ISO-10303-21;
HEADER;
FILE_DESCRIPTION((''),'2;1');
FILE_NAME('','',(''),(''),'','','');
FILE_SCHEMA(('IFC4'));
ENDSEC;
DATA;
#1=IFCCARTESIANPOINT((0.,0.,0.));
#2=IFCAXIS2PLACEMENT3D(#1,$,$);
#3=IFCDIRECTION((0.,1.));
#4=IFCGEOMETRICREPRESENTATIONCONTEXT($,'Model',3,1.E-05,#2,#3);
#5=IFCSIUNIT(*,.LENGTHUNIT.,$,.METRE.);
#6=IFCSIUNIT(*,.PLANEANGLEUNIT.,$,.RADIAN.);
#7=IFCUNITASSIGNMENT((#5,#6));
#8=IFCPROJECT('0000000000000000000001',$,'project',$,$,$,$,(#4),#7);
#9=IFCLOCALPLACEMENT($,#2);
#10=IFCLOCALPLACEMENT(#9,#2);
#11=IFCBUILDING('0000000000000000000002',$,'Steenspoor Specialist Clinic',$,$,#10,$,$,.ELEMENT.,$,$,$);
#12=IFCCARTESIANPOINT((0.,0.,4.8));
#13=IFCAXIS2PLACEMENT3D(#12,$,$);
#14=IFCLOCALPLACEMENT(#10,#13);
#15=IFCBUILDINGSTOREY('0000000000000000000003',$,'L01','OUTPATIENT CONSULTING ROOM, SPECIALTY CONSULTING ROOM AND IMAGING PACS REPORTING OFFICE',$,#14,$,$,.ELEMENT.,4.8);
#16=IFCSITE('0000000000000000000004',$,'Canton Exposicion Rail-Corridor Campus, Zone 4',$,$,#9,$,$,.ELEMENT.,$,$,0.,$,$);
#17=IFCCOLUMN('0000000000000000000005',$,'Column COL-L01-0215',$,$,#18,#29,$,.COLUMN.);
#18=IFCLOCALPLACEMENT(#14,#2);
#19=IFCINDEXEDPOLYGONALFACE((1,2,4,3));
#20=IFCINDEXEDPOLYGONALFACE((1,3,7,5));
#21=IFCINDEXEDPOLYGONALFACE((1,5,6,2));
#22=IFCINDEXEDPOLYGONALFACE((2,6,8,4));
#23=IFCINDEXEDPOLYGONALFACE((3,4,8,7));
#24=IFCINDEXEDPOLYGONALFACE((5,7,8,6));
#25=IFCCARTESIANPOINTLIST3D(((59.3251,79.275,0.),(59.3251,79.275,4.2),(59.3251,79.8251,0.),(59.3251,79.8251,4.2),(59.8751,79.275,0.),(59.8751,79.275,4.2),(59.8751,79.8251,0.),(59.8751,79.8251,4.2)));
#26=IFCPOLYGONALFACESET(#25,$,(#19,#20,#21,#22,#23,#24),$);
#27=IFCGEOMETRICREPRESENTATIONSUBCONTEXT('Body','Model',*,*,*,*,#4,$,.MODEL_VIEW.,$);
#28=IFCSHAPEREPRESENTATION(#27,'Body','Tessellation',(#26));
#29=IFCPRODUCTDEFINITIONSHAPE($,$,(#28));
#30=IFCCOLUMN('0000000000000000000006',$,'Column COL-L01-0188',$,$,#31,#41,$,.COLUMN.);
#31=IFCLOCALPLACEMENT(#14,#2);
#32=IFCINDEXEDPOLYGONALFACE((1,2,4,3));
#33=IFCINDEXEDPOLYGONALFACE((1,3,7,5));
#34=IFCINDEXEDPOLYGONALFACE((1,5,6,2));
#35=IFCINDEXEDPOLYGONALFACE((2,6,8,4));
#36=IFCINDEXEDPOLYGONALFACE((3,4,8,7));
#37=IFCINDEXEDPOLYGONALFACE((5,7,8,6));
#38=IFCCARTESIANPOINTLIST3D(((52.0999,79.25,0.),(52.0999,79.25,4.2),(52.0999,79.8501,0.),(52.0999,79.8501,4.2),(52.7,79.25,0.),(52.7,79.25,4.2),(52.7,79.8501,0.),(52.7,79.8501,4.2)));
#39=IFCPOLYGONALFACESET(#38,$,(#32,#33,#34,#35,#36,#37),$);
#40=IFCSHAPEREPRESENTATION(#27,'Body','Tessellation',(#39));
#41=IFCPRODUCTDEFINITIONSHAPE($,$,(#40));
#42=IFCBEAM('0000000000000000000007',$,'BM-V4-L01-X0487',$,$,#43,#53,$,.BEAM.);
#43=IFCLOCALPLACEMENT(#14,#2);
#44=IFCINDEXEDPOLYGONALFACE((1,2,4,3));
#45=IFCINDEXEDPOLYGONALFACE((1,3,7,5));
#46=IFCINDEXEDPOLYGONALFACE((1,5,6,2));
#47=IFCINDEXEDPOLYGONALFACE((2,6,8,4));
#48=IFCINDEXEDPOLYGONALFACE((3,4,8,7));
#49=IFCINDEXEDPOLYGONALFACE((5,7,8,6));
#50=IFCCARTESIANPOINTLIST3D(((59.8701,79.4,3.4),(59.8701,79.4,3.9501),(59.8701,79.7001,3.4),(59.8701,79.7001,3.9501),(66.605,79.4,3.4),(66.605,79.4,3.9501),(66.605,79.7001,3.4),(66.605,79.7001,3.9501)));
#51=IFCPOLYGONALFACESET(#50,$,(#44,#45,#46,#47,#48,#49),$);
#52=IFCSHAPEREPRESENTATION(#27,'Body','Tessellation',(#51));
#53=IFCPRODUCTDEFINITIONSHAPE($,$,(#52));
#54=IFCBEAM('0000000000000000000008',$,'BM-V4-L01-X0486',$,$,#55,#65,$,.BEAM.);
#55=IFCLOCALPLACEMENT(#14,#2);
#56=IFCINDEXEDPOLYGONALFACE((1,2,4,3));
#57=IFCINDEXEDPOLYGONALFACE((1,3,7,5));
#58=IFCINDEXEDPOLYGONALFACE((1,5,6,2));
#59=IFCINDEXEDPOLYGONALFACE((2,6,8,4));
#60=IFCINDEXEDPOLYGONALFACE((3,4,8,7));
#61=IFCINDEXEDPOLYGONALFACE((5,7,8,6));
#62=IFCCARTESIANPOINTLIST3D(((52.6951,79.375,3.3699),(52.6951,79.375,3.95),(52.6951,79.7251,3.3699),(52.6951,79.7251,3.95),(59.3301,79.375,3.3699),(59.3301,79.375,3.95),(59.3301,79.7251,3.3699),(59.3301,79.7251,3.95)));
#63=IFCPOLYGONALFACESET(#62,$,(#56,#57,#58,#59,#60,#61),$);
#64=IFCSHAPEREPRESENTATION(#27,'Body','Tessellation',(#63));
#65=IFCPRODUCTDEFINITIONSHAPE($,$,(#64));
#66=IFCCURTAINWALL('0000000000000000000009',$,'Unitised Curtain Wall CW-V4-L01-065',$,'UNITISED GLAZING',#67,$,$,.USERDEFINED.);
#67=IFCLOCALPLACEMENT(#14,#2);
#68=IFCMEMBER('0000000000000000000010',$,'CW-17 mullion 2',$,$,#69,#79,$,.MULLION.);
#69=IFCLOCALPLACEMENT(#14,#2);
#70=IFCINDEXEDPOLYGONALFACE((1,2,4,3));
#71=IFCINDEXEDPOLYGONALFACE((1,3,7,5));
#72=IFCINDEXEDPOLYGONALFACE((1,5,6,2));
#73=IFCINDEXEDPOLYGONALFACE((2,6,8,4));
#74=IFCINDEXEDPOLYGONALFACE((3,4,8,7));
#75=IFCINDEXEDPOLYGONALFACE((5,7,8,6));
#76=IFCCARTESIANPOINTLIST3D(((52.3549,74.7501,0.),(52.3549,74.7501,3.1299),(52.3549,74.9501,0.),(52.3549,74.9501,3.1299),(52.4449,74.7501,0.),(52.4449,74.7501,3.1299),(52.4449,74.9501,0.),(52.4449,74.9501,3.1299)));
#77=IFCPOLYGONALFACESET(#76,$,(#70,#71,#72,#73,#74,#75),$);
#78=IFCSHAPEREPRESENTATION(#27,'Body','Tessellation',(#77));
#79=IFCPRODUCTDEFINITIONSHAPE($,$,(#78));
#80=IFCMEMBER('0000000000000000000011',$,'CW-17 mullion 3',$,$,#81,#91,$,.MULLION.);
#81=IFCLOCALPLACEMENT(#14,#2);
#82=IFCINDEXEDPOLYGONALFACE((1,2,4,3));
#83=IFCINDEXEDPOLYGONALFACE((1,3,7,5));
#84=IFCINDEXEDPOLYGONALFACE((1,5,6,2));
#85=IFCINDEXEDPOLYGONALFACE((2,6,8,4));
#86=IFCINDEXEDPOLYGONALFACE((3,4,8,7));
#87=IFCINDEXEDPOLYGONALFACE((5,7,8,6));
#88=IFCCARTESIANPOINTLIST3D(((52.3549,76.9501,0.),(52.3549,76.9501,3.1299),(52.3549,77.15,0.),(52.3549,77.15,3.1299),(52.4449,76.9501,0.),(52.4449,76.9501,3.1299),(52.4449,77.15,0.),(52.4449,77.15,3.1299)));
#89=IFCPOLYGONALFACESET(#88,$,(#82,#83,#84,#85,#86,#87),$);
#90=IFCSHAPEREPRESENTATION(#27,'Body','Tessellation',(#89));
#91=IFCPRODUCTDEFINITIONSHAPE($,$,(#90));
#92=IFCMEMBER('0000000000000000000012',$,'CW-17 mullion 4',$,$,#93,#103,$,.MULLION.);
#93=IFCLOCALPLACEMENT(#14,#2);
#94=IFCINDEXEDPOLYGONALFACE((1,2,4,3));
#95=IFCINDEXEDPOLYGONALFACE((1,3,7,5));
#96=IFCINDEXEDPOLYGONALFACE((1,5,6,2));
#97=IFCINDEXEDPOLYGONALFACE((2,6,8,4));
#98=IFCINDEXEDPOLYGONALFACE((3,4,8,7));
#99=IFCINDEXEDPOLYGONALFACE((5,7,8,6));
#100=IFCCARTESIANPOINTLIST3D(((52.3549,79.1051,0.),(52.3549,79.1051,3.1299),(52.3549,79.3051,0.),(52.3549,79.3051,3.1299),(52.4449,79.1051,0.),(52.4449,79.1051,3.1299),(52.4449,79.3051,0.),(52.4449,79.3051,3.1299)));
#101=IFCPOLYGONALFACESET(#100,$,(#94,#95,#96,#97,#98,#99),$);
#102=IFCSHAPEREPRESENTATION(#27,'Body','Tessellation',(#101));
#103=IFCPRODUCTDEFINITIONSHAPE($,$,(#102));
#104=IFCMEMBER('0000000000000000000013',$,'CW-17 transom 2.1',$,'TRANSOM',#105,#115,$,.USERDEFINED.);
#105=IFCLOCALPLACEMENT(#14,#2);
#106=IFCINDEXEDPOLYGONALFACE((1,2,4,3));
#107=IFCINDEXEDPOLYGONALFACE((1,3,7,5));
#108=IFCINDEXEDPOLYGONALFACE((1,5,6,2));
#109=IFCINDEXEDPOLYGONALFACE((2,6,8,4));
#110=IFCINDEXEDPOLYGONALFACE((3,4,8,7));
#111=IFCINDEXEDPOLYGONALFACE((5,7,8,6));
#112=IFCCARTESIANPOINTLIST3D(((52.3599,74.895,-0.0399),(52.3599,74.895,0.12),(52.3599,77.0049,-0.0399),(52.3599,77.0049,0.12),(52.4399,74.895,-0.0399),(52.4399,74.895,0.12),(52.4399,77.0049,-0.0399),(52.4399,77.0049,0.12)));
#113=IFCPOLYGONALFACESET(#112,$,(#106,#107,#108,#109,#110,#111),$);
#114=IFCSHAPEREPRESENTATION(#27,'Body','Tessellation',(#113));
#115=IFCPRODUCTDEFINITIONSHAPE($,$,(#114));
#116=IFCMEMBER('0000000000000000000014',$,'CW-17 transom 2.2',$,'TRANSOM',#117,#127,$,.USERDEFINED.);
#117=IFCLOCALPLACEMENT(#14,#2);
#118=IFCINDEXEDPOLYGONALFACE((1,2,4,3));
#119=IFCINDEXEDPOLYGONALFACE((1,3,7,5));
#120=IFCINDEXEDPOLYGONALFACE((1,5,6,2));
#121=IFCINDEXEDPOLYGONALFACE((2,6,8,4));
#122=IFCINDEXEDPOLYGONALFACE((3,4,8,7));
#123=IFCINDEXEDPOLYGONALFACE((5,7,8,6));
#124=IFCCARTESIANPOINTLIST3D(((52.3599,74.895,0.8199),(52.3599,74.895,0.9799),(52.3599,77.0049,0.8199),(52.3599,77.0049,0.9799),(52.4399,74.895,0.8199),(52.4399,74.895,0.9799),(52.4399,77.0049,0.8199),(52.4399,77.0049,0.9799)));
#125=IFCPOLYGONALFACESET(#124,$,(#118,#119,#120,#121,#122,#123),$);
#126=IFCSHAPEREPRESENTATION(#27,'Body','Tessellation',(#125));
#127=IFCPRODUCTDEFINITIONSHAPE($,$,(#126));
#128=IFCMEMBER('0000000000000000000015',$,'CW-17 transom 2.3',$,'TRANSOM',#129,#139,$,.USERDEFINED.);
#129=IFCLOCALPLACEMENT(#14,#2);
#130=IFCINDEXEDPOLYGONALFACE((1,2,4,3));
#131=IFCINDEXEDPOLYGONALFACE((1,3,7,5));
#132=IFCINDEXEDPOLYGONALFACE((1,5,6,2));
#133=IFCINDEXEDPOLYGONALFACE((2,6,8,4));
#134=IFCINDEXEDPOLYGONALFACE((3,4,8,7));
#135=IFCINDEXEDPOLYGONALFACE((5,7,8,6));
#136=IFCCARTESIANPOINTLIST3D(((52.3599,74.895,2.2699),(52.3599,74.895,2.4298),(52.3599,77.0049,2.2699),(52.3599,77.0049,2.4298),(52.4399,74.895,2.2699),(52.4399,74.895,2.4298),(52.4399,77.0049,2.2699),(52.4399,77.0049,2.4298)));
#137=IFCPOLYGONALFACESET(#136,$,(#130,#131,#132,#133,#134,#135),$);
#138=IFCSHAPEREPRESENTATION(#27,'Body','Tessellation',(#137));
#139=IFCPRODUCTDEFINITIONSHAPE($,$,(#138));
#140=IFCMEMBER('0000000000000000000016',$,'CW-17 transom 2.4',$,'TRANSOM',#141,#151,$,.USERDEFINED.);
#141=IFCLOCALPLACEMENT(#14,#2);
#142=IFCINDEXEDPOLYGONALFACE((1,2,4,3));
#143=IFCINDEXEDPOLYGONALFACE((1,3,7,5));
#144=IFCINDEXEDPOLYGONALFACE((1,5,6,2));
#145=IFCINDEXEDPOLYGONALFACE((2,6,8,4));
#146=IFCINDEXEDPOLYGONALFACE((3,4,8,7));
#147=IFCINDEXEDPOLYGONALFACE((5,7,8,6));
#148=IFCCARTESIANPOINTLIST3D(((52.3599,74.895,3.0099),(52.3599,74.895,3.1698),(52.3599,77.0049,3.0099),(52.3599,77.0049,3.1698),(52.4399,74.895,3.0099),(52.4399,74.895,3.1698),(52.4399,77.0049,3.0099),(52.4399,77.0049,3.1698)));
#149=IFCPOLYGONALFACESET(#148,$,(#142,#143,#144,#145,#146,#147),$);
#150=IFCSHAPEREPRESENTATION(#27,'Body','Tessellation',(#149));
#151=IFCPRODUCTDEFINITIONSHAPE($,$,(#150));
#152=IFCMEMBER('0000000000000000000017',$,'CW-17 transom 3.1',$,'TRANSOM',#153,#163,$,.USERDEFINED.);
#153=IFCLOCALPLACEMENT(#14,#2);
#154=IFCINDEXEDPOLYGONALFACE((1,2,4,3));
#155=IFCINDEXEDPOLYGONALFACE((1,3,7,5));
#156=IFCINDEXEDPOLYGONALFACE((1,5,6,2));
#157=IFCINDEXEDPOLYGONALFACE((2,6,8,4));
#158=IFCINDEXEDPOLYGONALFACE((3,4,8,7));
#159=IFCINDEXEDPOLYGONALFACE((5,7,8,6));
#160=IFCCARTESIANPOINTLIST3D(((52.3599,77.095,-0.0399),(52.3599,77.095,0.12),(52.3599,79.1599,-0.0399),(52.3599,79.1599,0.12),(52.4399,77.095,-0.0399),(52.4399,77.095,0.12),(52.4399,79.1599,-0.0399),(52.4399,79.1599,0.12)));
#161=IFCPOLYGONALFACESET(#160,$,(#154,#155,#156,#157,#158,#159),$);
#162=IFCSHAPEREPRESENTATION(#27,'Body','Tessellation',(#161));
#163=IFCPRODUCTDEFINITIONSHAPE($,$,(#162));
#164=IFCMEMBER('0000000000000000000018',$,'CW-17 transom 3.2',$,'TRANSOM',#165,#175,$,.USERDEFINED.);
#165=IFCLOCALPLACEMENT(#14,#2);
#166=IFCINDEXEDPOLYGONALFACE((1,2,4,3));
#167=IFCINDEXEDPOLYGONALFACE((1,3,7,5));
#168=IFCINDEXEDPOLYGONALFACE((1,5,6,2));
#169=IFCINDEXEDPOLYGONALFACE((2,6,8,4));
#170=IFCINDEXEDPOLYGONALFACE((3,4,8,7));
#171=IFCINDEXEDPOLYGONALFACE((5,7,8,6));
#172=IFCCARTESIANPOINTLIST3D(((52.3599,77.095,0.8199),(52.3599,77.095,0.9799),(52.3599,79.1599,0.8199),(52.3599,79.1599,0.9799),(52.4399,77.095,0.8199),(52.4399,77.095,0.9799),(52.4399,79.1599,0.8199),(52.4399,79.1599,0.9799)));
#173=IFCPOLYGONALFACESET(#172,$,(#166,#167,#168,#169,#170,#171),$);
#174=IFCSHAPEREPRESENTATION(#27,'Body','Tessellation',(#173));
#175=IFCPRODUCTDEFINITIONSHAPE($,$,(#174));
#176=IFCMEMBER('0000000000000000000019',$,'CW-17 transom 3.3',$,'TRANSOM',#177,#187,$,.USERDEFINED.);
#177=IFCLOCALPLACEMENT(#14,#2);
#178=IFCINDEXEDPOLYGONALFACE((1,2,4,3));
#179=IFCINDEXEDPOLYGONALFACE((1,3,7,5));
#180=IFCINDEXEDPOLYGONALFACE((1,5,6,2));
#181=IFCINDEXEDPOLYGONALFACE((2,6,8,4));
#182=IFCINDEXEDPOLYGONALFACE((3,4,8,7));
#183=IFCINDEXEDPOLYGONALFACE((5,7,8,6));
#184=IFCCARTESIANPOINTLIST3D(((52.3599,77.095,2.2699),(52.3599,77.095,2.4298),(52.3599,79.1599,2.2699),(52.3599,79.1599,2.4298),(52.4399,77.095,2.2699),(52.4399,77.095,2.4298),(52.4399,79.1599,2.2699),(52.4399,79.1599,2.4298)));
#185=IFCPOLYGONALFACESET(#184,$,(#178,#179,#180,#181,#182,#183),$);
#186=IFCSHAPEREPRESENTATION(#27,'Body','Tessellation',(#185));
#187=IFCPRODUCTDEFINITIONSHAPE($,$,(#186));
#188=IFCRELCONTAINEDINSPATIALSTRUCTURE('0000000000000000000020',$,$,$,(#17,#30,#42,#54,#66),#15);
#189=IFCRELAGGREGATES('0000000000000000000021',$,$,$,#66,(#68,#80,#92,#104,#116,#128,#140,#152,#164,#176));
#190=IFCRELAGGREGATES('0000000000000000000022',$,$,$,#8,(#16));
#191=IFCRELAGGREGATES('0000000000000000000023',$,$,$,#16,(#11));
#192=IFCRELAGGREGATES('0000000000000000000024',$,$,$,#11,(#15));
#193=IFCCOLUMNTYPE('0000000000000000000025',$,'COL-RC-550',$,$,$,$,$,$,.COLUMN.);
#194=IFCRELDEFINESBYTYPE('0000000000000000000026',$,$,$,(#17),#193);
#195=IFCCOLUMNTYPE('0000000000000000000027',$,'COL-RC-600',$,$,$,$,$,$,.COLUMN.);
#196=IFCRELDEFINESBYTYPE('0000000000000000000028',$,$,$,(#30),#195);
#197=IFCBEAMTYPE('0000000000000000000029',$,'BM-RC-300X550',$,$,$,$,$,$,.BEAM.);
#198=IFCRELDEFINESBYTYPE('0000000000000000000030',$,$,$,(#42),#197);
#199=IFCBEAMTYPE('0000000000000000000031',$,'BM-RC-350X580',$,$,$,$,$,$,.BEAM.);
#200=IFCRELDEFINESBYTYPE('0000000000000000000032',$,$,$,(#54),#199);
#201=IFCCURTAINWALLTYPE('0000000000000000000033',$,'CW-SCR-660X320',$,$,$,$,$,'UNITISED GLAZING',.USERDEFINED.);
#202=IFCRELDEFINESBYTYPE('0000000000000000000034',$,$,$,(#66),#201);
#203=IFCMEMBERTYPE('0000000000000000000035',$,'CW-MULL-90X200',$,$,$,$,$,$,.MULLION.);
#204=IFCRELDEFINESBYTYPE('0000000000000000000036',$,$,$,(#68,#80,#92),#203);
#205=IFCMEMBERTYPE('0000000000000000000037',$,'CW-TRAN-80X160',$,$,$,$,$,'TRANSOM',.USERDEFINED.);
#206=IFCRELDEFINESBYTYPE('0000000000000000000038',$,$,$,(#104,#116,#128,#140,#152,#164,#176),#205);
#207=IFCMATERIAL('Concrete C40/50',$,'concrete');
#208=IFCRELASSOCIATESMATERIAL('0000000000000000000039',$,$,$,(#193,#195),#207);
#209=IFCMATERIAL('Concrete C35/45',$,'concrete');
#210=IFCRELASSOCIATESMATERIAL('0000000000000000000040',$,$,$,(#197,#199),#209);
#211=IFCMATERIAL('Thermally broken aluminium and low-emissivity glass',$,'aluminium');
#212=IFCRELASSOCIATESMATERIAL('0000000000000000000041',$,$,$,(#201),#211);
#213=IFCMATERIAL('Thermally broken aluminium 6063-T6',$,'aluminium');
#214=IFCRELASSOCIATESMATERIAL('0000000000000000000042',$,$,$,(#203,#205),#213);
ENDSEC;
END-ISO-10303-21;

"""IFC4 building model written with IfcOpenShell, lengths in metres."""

from ifc_helpers import new_model, si_unit, direction, frame, origin, origin_2d, place, context, subcontext, project, spatial, rectangle, extrude, material, material_profile, profile_set, type_object, element, aggregate, save


model = new_model("IFC4")

# Units and contexts
model_context = context("Model", 3, precision=1e-05, world=origin(), true_north=direction((0.0, 1.0)))
body_context = subcontext(model_context, "Body", "Model", "MODEL_VIEW")
ifc_project = project(units=[si_unit("LENGTHUNIT", "METRE"), si_unit("PLANEANGLEUNIT", "RADIAN")], contexts=[model_context])

# Site, building, storey
site_placement = place(None, origin())
site = spatial("IfcSite", under=ifc_project, at=site_placement, Name="Canton Exposicion Rail-Corridor Campus, Zone 4", CompositionType="ELEMENT", RefElevation=0.0)
building_placement = place(site_placement, origin())
building = spatial("IfcBuilding", under=site, at=building_placement, Name="Steenspoor Specialist Clinic", CompositionType="ELEMENT")
storey_placement = place(building_placement, frame((0.0, 0.0, 4.8)))
storey = spatial("IfcBuildingStorey", under=building, at=storey_placement, Name="L01", Description="OUTPATIENT CONSULTING ROOM, SPECIALTY CONSULTING ROOM AND IMAGING PACS REPORTING OFFICE", CompositionType="ELEMENT", Elevation=4.8)

# Columns
ifc_material_1 = material(Name="Concrete C40/50", Category="concrete")
ifc_material_profile_1 = material_profile(ifc_material_1, rectangle(XDim=0.55, YDim=0.55, at=origin_2d()), Name="RC-COL-550X550")
ifc_profile_set_1 = profile_set([ifc_material_profile_1], Name="Concrete C40/50")
column_type_1 = type_object("IfcColumnType", Name="COL-RC-550", PredefinedType="COLUMN", material=ifc_profile_set_1)
column_1_placement = place(storey_placement, frame((59.6001, 79.55, 0.0), z_axis=(0.0, 0.0, 1.0), x_axis=(1.0, 0.0, 0.0)))
element("IfcColumn", 1, at=column_1_placement, inside=storey, type_object=column_type_1, Name="Column COL-L01-0215", PredefinedType="COLUMN", context=body_context, shape_type="SweptSolid", body=[
    extrude(rectangle(XDim=0.55, YDim=0.55, at=origin_2d()), origin(), (0.0, 0.0, 1.0), 4.2),
])
ifc_material_profile_2 = material_profile(ifc_material_1, rectangle(XDim=0.6001, YDim=0.6001, at=origin_2d()), Name="RC-COL-600X600")
ifc_profile_set_2 = profile_set([ifc_material_profile_2], Name="Concrete C40/50")
column_type_2 = type_object("IfcColumnType", Name="COL-RC-600", PredefinedType="COLUMN", material=ifc_profile_set_2)
column_2_placement = place(storey_placement, frame((52.3999, 79.55, 0.0), z_axis=(0.0, 0.0, 1.0), x_axis=(1.0, 0.0, 0.0)))
element("IfcColumn", 2, at=column_2_placement, inside=storey, type_object=column_type_2, Name="Column COL-L01-0188", PredefinedType="COLUMN", context=body_context, shape_type="SweptSolid", body=[
    extrude(rectangle(XDim=0.6001, YDim=0.6001, at=origin_2d()), origin(), (0.0, 0.0, 1.0), 4.2),
])

# Beams
ifc_material_2 = material(Name="Concrete C35/45", Category="concrete")
ifc_material_profile_3 = material_profile(ifc_material_2, rectangle(XDim=0.3, YDim=0.55, at=origin_2d()), Name="RC-BM-300X550")
ifc_profile_set_3 = profile_set([ifc_material_profile_3], Name="Concrete C35/45")
beam_type_1 = type_object("IfcBeamType", Name="BM-RC-300X550", PredefinedType="BEAM", material=ifc_profile_set_3)
beam_1_placement = place(storey_placement, frame((59.8701, 79.55, 3.675), z_axis=(1.0, 0.0, 0.0), x_axis=(0.0, 1.0, 0.0)))
element("IfcBeam", 3, at=beam_1_placement, inside=storey, type_object=beam_type_1, Name="BM-V4-L01-X0487", PredefinedType="BEAM", context=body_context, shape_type="SweptSolid", body=[
    extrude(rectangle(XDim=0.3, YDim=0.55, at=origin_2d()), origin(), (0.0, 0.0, 1.0), 6.7349),
])
ifc_material_profile_4 = material_profile(ifc_material_2, rectangle(XDim=0.3501, YDim=0.5801, at=origin_2d()), Name="RC-BM-350X580")
ifc_profile_set_4 = profile_set([ifc_material_profile_4], Name="Concrete C35/45")
beam_type_2 = type_object("IfcBeamType", Name="BM-RC-350X580", PredefinedType="BEAM", material=ifc_profile_set_4)
beam_2_placement = place(storey_placement, frame((52.6951, 79.55, 3.6599), z_axis=(1.0, 0.0, 0.0), x_axis=(0.0, 1.0, 0.0)))
element("IfcBeam", 4, at=beam_2_placement, inside=storey, type_object=beam_type_2, Name="BM-V4-L01-X0486", PredefinedType="BEAM", context=body_context, shape_type="SweptSolid", body=[
    extrude(rectangle(XDim=0.3501, YDim=0.5801, at=origin_2d()), origin(), (0.0, 0.0, 1.0), 6.635),
])

# Curtain wall, members
ifc_material_3 = material(Name="Thermally broken aluminium and low-emissivity glass", Category="aluminium")
curtain_wall_type = type_object("IfcCurtainWallType", Name="CW-SCR-660X320", ElementType="UNITISED GLAZING", PredefinedType="USERDEFINED", material=ifc_material_3)
curtain_wall_placement = place(storey_placement, origin())
curtain_wall = element("IfcCurtainWall", 5, at=curtain_wall_placement, inside=storey, type_object=curtain_wall_type, Name="Unitised Curtain Wall CW-V4-L01-065", ObjectType="UNITISED GLAZING", PredefinedType="USERDEFINED")
ifc_material_4 = material(Name="Thermally broken aluminium 6063-T6", Category="aluminium")
ifc_material_profile_5 = material_profile(ifc_material_4, rectangle(XDim=0.0901, YDim=0.2, at=origin_2d()), Name="CWM-90X200")
ifc_profile_set_5 = profile_set([ifc_material_profile_5], Name="Thermally broken aluminium 6063-T6")
member_type_1 = type_object("IfcMemberType", Name="CW-MULL-90X200", PredefinedType="MULLION", material=ifc_profile_set_5)
member_1_placement = place(storey_placement, frame((52.3999, 74.8501, 0.0), z_axis=(0.0, 0.0, 1.0), x_axis=(-1.0, 0.0, 0.0)))
member_1 = element("IfcMember", 6, at=member_1_placement, type_object=member_type_1, Name="CW-17 mullion 2", PredefinedType="MULLION", context=body_context, shape_type="SweptSolid", body=[
    extrude(rectangle(XDim=0.0901, YDim=0.2, at=origin_2d()), origin(), (0.0, 0.0, 1.0), 3.1299),
])
member_2_placement = place(storey_placement, frame((52.3999, 77.05, 0.0), z_axis=(0.0, 0.0, 1.0), x_axis=(-1.0, 0.0, 0.0)))
member_2 = element("IfcMember", 7, at=member_2_placement, type_object=member_type_1, Name="CW-17 mullion 3", PredefinedType="MULLION", context=body_context, shape_type="SweptSolid", body=[
    extrude(rectangle(XDim=0.0901, YDim=0.2, at=origin_2d()), origin(), (0.0, 0.0, 1.0), 3.1299),
])
member_3_placement = place(storey_placement, frame((52.3999, 79.2051, 0.0), z_axis=(0.0, 0.0, 1.0), x_axis=(-1.0, 0.0, 0.0)))
member_3 = element("IfcMember", 8, at=member_3_placement, type_object=member_type_1, Name="CW-17 mullion 4", PredefinedType="MULLION", context=body_context, shape_type="SweptSolid", body=[
    extrude(rectangle(XDim=0.0901, YDim=0.2, at=origin_2d()), origin(), (0.0, 0.0, 1.0), 3.1299),
])
ifc_material_profile_6 = material_profile(ifc_material_4, rectangle(XDim=0.0801, YDim=0.1599, at=origin_2d()), Name="CWT-80X160")
ifc_profile_set_6 = profile_set([ifc_material_profile_6], Name="Thermally broken aluminium 6063-T6")
member_type_2 = type_object("IfcMemberType", Name="CW-TRAN-80X160", ElementType="TRANSOM", PredefinedType="USERDEFINED", material=ifc_profile_set_6)
member_4_placement = place(storey_placement, frame((52.3999, 74.895, 0.04), z_axis=(0.0, 1.0, 0.0), x_axis=(-1.0, 0.0, 0.0)))
member_4 = element("IfcMember", 9, at=member_4_placement, type_object=member_type_2, Name="CW-17 transom 2.1", ObjectType="TRANSOM", PredefinedType="USERDEFINED", context=body_context, shape_type="SweptSolid", body=[
    extrude(rectangle(XDim=0.0801, YDim=0.1599, at=origin_2d()), origin(), (0.0, 0.0, 1.0), 2.1099),
])
member_5_placement = place(storey_placement, frame((52.3999, 74.895, 0.8999), z_axis=(0.0, 1.0, 0.0), x_axis=(-1.0, 0.0, 0.0)))
member_5 = element("IfcMember", 10, at=member_5_placement, type_object=member_type_2, Name="CW-17 transom 2.2", ObjectType="TRANSOM", PredefinedType="USERDEFINED", context=body_context, shape_type="SweptSolid", body=[
    extrude(rectangle(XDim=0.0801, YDim=0.1599, at=origin_2d()), origin(), (0.0, 0.0, 1.0), 2.1099),
])
member_6_placement = place(storey_placement, frame((52.3999, 74.895, 2.3499), z_axis=(0.0, 1.0, 0.0), x_axis=(-1.0, 0.0, 0.0)))
member_6 = element("IfcMember", 11, at=member_6_placement, type_object=member_type_2, Name="CW-17 transom 2.3", ObjectType="TRANSOM", PredefinedType="USERDEFINED", context=body_context, shape_type="SweptSolid", body=[
    extrude(rectangle(XDim=0.0801, YDim=0.1599, at=origin_2d()), origin(), (0.0, 0.0, 1.0), 2.1099),
])
member_7_placement = place(storey_placement, frame((52.3999, 74.895, 3.0898), z_axis=(0.0, 1.0, 0.0), x_axis=(-1.0, 0.0, 0.0)))
member_7 = element("IfcMember", 12, at=member_7_placement, type_object=member_type_2, Name="CW-17 transom 2.4", ObjectType="TRANSOM", PredefinedType="USERDEFINED", context=body_context, shape_type="SweptSolid", body=[
    extrude(rectangle(XDim=0.0801, YDim=0.1599, at=origin_2d()), origin(), (0.0, 0.0, 1.0), 2.1099),
])
member_8_placement = place(storey_placement, frame((52.3999, 77.095, 0.04), z_axis=(0.0, 1.0, 0.0), x_axis=(-1.0, 0.0, 0.0)))
member_8 = element("IfcMember", 13, at=member_8_placement, type_object=member_type_2, Name="CW-17 transom 3.1", ObjectType="TRANSOM", PredefinedType="USERDEFINED", context=body_context, shape_type="SweptSolid", body=[
    extrude(rectangle(XDim=0.0801, YDim=0.1599, at=origin_2d()), origin(), (0.0, 0.0, 1.0), 2.0649),
])
member_9_placement = place(storey_placement, frame((52.3999, 77.095, 0.8999), z_axis=(0.0, 1.0, 0.0), x_axis=(-1.0, 0.0, 0.0)))
member_9 = element("IfcMember", 14, at=member_9_placement, type_object=member_type_2, Name="CW-17 transom 3.2", ObjectType="TRANSOM", PredefinedType="USERDEFINED", context=body_context, shape_type="SweptSolid", body=[
    extrude(rectangle(XDim=0.0801, YDim=0.1599, at=origin_2d()), origin(), (0.0, 0.0, 1.0), 2.0649),
])
member_10_placement = place(storey_placement, frame((52.3999, 77.095, 2.3499), z_axis=(0.0, 1.0, 0.0), x_axis=(-1.0, 0.0, 0.0)))
member_10 = element("IfcMember", 15, at=member_10_placement, type_object=member_type_2, Name="CW-17 transom 3.3", ObjectType="TRANSOM", PredefinedType="USERDEFINED", context=body_context, shape_type="SweptSolid", body=[
    extrude(rectangle(XDim=0.0801, YDim=0.1599, at=origin_2d()), origin(), (0.0, 0.0, 1.0), 2.0649),
])

aggregate(curtain_wall, [member_1, member_2, member_3, member_4, member_5, member_6, member_7, member_8, member_9, member_10])

save(model, "model.ifc")
